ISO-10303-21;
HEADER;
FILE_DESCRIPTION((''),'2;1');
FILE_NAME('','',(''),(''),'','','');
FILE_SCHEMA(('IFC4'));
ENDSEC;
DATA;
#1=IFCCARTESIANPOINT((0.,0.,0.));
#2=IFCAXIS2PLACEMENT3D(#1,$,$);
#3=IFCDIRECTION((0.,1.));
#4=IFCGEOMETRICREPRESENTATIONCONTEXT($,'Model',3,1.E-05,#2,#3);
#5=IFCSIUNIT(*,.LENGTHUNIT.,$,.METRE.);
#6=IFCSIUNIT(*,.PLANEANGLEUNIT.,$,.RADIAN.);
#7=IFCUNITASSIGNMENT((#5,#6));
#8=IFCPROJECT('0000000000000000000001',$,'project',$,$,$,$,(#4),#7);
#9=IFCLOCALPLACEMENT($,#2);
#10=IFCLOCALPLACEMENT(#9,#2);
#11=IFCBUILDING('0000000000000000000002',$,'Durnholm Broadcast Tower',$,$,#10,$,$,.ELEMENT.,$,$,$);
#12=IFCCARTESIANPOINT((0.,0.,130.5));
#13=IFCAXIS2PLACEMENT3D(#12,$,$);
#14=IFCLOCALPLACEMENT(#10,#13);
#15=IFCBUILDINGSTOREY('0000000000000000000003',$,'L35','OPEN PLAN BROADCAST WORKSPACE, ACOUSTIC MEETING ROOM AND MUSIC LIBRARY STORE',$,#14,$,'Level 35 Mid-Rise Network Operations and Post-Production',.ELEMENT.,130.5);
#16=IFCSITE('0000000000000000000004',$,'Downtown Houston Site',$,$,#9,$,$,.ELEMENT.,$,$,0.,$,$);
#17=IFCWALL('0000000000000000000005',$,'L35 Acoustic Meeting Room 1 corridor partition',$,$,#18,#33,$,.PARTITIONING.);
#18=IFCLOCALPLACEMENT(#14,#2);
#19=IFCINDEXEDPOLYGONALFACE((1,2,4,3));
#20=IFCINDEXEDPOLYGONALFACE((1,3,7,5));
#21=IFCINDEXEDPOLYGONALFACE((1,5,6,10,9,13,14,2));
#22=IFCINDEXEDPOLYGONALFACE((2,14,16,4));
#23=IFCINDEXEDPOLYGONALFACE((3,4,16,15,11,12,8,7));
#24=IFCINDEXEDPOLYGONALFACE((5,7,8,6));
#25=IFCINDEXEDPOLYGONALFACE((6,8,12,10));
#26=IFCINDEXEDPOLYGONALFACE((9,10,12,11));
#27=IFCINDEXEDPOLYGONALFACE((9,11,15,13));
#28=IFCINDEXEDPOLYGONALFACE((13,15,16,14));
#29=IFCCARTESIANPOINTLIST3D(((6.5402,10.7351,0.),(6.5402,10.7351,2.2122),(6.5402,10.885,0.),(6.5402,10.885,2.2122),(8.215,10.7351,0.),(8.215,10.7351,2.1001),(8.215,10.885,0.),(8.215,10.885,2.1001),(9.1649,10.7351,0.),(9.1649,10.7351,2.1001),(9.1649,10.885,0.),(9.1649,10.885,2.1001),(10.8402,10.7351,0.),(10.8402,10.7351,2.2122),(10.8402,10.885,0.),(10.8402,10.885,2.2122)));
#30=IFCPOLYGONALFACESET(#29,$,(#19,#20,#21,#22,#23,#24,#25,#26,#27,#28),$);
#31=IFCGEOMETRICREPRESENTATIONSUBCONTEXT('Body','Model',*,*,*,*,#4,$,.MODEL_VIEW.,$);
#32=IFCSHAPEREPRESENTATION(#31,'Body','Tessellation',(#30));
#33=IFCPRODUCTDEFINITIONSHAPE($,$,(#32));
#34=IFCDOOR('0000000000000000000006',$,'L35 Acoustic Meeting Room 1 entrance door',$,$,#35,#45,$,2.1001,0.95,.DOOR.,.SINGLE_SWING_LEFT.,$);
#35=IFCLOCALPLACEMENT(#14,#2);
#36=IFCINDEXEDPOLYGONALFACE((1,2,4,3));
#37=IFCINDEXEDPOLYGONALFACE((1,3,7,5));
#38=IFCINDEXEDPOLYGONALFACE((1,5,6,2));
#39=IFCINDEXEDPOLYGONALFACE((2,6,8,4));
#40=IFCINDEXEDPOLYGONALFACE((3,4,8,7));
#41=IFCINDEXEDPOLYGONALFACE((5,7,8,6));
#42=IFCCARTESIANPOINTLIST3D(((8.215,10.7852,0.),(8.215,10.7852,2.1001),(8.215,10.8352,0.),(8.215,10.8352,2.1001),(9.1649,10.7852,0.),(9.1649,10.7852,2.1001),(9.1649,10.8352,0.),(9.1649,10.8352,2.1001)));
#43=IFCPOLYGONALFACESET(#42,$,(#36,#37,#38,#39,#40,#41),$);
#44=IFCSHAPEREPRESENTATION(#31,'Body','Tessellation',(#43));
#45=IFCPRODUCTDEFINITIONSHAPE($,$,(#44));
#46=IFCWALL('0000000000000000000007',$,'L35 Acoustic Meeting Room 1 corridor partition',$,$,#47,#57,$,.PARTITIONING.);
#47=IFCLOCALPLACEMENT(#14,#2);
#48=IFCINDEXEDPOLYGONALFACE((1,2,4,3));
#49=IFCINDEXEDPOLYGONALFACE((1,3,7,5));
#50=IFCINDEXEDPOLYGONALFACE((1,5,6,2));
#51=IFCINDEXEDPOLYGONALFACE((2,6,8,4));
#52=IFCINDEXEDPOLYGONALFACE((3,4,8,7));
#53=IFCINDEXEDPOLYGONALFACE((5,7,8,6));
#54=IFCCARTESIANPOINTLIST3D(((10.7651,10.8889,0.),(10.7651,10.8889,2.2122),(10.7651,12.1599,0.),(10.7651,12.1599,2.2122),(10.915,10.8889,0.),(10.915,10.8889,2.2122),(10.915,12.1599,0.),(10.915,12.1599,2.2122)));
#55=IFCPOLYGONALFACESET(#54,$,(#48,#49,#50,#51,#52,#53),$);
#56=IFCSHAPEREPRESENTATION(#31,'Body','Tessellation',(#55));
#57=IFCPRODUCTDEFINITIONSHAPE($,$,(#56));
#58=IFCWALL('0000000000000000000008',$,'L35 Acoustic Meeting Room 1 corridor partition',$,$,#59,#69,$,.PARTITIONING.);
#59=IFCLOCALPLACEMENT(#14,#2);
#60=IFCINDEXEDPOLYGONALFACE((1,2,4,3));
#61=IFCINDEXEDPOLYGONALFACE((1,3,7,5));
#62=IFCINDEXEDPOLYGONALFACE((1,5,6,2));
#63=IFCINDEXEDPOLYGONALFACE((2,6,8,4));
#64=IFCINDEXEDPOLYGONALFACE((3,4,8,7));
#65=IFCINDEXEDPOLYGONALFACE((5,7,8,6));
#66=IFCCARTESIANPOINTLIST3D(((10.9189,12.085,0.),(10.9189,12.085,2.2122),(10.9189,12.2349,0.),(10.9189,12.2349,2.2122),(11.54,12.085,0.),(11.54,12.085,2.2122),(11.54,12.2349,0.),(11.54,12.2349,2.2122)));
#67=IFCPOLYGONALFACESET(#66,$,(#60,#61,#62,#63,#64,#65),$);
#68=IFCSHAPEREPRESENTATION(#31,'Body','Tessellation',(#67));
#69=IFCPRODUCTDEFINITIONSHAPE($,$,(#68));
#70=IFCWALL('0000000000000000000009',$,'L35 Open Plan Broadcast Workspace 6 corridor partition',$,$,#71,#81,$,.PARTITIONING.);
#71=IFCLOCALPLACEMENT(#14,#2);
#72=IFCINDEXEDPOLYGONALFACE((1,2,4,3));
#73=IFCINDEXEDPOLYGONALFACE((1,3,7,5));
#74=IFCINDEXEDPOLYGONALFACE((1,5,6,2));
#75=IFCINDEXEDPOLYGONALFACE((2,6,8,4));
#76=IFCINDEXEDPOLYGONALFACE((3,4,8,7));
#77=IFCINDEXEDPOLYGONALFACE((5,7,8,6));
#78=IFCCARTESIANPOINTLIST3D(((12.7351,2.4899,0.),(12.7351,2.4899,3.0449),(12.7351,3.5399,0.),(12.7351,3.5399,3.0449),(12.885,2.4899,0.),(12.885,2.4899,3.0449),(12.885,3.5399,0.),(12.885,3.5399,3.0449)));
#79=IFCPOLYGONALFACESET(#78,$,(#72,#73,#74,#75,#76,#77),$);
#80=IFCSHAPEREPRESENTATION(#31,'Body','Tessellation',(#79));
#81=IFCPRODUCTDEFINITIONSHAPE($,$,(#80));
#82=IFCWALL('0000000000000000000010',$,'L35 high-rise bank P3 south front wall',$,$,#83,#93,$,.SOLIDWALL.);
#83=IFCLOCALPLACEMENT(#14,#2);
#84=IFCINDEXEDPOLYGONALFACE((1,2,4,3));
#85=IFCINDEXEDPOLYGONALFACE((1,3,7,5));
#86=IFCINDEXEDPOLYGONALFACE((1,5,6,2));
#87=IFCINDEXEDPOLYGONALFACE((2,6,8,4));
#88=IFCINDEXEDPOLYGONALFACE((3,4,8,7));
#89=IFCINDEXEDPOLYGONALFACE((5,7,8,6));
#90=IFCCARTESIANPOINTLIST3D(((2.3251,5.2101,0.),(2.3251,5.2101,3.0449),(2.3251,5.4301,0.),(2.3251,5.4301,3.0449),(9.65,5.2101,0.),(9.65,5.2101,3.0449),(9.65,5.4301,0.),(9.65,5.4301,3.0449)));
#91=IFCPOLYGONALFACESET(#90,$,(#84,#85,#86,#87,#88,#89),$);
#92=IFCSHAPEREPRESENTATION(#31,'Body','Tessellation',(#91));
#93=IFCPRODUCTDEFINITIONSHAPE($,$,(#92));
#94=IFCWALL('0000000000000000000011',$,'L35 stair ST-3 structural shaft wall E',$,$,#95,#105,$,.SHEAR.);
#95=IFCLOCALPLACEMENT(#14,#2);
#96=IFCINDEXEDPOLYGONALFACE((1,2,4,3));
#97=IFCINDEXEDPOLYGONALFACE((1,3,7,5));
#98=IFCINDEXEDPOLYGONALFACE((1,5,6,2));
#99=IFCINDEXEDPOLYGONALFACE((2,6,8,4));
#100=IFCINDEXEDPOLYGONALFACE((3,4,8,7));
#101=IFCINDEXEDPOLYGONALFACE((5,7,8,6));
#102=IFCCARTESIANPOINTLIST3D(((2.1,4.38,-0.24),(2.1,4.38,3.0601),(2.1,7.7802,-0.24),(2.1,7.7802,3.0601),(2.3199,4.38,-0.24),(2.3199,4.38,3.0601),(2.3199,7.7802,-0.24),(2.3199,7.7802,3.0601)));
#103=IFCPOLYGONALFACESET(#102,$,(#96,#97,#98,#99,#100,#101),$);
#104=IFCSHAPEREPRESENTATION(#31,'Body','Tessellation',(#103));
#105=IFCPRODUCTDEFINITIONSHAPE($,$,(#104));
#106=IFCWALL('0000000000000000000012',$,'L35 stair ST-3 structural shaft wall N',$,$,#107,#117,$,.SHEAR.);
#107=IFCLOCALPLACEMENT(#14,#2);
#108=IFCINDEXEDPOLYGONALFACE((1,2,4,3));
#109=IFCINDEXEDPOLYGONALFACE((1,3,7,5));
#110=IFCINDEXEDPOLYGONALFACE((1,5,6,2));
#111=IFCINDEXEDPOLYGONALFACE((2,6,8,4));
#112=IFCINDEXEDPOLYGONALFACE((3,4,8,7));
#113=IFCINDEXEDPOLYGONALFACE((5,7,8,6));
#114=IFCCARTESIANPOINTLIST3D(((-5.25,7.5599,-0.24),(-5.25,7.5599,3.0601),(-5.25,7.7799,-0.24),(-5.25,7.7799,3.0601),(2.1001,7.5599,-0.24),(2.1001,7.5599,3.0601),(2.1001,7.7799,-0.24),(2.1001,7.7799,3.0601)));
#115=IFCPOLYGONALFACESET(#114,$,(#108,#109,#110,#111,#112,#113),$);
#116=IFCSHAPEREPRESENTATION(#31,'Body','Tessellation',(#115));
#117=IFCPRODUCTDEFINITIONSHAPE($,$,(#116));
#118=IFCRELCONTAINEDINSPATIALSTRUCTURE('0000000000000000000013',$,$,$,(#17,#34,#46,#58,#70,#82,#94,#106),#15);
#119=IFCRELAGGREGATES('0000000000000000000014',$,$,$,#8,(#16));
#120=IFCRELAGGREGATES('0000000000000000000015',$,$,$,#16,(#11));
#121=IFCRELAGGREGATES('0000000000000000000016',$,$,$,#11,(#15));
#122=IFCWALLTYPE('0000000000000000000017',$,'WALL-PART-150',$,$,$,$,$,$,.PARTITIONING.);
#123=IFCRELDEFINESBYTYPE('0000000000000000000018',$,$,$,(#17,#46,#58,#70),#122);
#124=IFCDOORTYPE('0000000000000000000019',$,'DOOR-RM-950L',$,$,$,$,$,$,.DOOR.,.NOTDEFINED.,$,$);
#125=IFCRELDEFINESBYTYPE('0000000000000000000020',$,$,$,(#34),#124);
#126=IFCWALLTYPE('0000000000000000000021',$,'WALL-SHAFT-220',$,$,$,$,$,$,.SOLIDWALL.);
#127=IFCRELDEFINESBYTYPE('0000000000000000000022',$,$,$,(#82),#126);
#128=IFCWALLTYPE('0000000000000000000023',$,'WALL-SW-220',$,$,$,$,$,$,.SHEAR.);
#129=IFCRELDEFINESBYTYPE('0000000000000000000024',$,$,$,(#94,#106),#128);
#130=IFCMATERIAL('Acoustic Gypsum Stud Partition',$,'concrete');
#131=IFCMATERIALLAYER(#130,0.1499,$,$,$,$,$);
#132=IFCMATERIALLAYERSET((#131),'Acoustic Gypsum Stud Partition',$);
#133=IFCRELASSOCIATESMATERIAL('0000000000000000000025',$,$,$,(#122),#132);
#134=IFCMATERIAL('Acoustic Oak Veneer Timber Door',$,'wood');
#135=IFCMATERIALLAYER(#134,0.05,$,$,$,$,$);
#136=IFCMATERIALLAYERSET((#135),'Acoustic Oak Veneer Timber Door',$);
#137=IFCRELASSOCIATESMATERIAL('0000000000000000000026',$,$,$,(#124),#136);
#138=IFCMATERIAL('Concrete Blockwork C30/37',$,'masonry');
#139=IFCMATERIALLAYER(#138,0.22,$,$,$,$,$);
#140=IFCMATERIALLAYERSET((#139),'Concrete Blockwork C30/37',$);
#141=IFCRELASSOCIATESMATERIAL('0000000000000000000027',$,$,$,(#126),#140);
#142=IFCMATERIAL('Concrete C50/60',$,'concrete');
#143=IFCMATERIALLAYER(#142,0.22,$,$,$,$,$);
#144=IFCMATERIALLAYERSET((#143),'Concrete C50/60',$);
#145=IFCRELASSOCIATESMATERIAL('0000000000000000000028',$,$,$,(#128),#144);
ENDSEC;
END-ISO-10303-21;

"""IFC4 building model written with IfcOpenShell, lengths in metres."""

from ifc_helpers import new_model, si_unit, direction, frame, frame_2d, origin, place, context, subcontext, project, spatial, rectangle, extrude, source, transform, mapped, material, layer, layer_set, type_object, type_shapes, element, fill, save


model = new_model("IFC4")

# Units and contexts
model_context = context("Model", 3, precision=1e-05, world=origin(), true_north=direction((0.0, 1.0)))
body_context = subcontext(model_context, "Body", "Model", "MODEL_VIEW")
ifc_project = project(units=[si_unit("LENGTHUNIT", "METRE"), si_unit("PLANEANGLEUNIT", "RADIAN")], contexts=[model_context])

# Site, building, storey
site_placement = place(None, origin())
site = spatial("IfcSite", under=ifc_project, at=site_placement, Name="Downtown Houston Site", CompositionType="ELEMENT", RefElevation=0.0)
building_placement = place(site_placement, origin())
building = spatial("IfcBuilding", under=site, at=building_placement, Name="Durnholm Broadcast Tower", CompositionType="ELEMENT")
storey_placement = place(building_placement, frame((0.0, 0.0, 130.5)))
storey = spatial("IfcBuildingStorey", under=building, at=storey_placement, Name="L35", Description="OPEN PLAN BROADCAST WORKSPACE, ACOUSTIC MEETING ROOM AND MUSIC LIBRARY STORE", LongName="Level 35 Mid-Rise Network Operations and Post-Production", CompositionType="ELEMENT", Elevation=130.5)

# Wall, opening, door
ifc_material_1 = material(Name="Acoustic Gypsum Stud Partition", Category="concrete")
ifc_layer_1 = layer(ifc_material_1, 0.1499)
ifc_layer_set_1 = layer_set([ifc_layer_1], Name="Acoustic Gypsum Stud Partition")
wall_type_1 = type_object("IfcWallType", Name="WALL-PART-150", PredefinedType="PARTITIONING", material=ifc_layer_set_1)
ifc_material_2 = material(Name="Acoustic Oak Veneer Timber Door", Category="wood")
ifc_layer_2 = layer(ifc_material_2, 0.05)
ifc_layer_set_2 = layer_set([ifc_layer_2], Name="Acoustic Oak Veneer Timber Door")
door_type_1 = type_object("IfcDoorType", Name="DOOR-RM-950L", OperationType="NOTDEFINED", PredefinedType="DOOR", material=ifc_layer_set_2)
shared_shape_1 = source(origin(), body_context, "Body", "SweptSolid", [
    extrude(rectangle(XDim=0.95, YDim=2.1001, at=frame_2d((0.4751, 1.05))), frame((0.0, 0.0249, 0.0), z_axis=(0.0, -1.0, 0.0), x_axis=(1.0, 0.0, 0.0)), (0.0, 0.0, 1.0), 0.05),
])
type_shapes(door_type_1, [shared_shape_1])
wall_1_placement = place(storey_placement, frame((10.8401, 10.8101, 0.0), z_axis=(0.0, 0.0, 1.0), x_axis=(-1.0, 0.0, 0.0)))
wall_1 = element("IfcWall", 1, at=wall_1_placement, inside=storey, type_object=wall_type_1, Name="L35 Acoustic Meeting Room 1 corridor partition", PredefinedType="PARTITIONING", context=body_context, shape_type="SweptSolid", body=[
    extrude(rectangle(XDim=4.3, YDim=0.1499, at=frame_2d((2.1499, 0.0))), origin(), (0.0, 0.0, 1.0), 2.2122),
])
opening_1_placement = place(wall_1_placement, frame((1.675, 0.0, 0.0)))
opening_1 = element("IfcOpeningElement", 2, at=opening_1_placement, cuts=wall_1, PredefinedType="OPENING", context=body_context, shape_type="SweptSolid", body=[
    extrude(rectangle(XDim=0.95, YDim=2.1001, at=frame_2d((0.4751, 1.05))), frame((0.0, 0.085, 0.0), z_axis=(0.0, -1.0, 0.0), x_axis=(1.0, 0.0, 0.0)), (0.0, 0.0, 1.0), 0.1699),
])
door_1_placement = place(opening_1_placement, origin())
door_1 = element("IfcDoor", 3, at=door_1_placement, inside=storey, type_object=door_type_1, Name="L35 Acoustic Meeting Room 1 entrance door", OperationType="SINGLE_SWING_LEFT", OverallHeight=2.1001, OverallWidth=0.95, PredefinedType="DOOR", context=body_context, shape_type="MappedRepresentation", body=[
    mapped(shared_shape_1, transform((0.0, 0.0, 0.0), x_axis=(1.0, 0.0, 0.0), y_axis=(0.0, 1.0, 0.0), z_axis=(0.0, 0.0, 1.0), scale=1.0)),
])
fill(opening_1, door_1)

# Walls
wall_2_placement = place(storey_placement, frame((10.8401, 12.1599, 0.0), z_axis=(0.0, 0.0, 1.0), x_axis=(0.0, -1.0, 0.0)))
element("IfcWall", 4, at=wall_2_placement, inside=storey, type_object=wall_type_1, Name="L35 Acoustic Meeting Room 1 corridor partition", PredefinedType="PARTITIONING", context=body_context, shape_type="SweptSolid", body=[
    extrude(rectangle(XDim=1.271, YDim=0.1499, at=frame_2d((0.6355, 0.0))), origin(), (0.0, 0.0, 1.0), 2.2122),
])
wall_3_placement = place(storey_placement, frame((11.54, 12.1599, 0.0), z_axis=(0.0, 0.0, 1.0), x_axis=(-1.0, 0.0, 0.0)))
element("IfcWall", 5, at=wall_3_placement, inside=storey, type_object=wall_type_1, Name="L35 Acoustic Meeting Room 1 corridor partition", PredefinedType="PARTITIONING", context=body_context, shape_type="SweptSolid", body=[
    extrude(rectangle(XDim=0.6211, YDim=0.1499, at=frame_2d((0.3105, 0.0))), origin(), (0.0, 0.0, 1.0), 2.2122),
])
wall_4_placement = place(storey_placement, frame((12.8101, 2.49, 0.0), z_axis=(0.0, 0.0, 1.0), x_axis=(0.0, 1.0, 0.0)))
element("IfcWall", 6, at=wall_4_placement, inside=storey, type_object=wall_type_1, Name="L35 Open Plan Broadcast Workspace 6 corridor partition", PredefinedType="PARTITIONING", context=body_context, shape_type="SweptSolid", body=[
    extrude(rectangle(XDim=1.05, YDim=0.1499, at=frame_2d((0.5249, 0.0))), origin(), (0.0, 0.0, 1.0), 3.0449),
])

# Shared definitions
ifc_material_3 = material(Name="Concrete Blockwork C30/37", Category="masonry")
ifc_layer_3 = layer(ifc_material_3, 0.22)
ifc_layer_set_3 = layer_set([ifc_layer_3], Name="Concrete Blockwork C30/37")
wall_type_2 = type_object("IfcWallType", Name="WALL-SHAFT-220", PredefinedType="SOLIDWALL", material=ifc_layer_set_3)

# Walls
wall_5_placement = place(storey_placement, frame((2.325, 5.3201, 0.0), z_axis=(0.0, 0.0, 1.0), x_axis=(1.0, 0.0, 0.0)))
element("IfcWall", 7, at=wall_5_placement, inside=storey, type_object=wall_type_2, Name="L35 high-rise bank P3 south front wall", PredefinedType="SOLIDWALL", context=body_context, shape_type="SweptSolid", body=[
    extrude(rectangle(XDim=7.325, YDim=0.22, at=frame_2d((3.6626, 0.0))), origin(), (0.0, 0.0, 1.0), 3.0449),
])
ifc_material_4 = material(Name="Concrete C50/60", Category="concrete")
ifc_layer_4 = layer(ifc_material_4, 0.22)
ifc_layer_set_4 = layer_set([ifc_layer_4], Name="Concrete C50/60")
wall_type_3 = type_object("IfcWallType", Name="WALL-SW-220", PredefinedType="SHEAR", material=ifc_layer_set_4)
wall_6_placement = place(storey_placement, frame((2.21, 4.3799, -0.24), z_axis=(0.0, 0.0, 1.0), x_axis=(0.0, 1.0, 0.0)))
element("IfcWall", 8, at=wall_6_placement, inside=storey, type_object=wall_type_3, Name="L35 stair ST-3 structural shaft wall E", PredefinedType="SHEAR", context=body_context, shape_type="SweptSolid", body=[
    extrude(rectangle(XDim=3.4001, YDim=0.22, at=frame_2d((1.7002, 0.0))), origin(), (0.0, 0.0, 1.0), 3.3),
])
wall_7_placement = place(storey_placement, frame((2.1001, 7.6699, -0.24), z_axis=(0.0, 0.0, 1.0), x_axis=(-1.0, 0.0, 0.0)))
element("IfcWall", 9, at=wall_7_placement, inside=storey, type_object=wall_type_3, Name="L35 stair ST-3 structural shaft wall N", PredefinedType="SHEAR", context=body_context, shape_type="SweptSolid", body=[
    extrude(rectangle(XDim=7.3501, YDim=0.22, at=frame_2d((3.675, 0.0))), origin(), (0.0, 0.0, 1.0), 3.3),
])

save(model, "model.ifc")
